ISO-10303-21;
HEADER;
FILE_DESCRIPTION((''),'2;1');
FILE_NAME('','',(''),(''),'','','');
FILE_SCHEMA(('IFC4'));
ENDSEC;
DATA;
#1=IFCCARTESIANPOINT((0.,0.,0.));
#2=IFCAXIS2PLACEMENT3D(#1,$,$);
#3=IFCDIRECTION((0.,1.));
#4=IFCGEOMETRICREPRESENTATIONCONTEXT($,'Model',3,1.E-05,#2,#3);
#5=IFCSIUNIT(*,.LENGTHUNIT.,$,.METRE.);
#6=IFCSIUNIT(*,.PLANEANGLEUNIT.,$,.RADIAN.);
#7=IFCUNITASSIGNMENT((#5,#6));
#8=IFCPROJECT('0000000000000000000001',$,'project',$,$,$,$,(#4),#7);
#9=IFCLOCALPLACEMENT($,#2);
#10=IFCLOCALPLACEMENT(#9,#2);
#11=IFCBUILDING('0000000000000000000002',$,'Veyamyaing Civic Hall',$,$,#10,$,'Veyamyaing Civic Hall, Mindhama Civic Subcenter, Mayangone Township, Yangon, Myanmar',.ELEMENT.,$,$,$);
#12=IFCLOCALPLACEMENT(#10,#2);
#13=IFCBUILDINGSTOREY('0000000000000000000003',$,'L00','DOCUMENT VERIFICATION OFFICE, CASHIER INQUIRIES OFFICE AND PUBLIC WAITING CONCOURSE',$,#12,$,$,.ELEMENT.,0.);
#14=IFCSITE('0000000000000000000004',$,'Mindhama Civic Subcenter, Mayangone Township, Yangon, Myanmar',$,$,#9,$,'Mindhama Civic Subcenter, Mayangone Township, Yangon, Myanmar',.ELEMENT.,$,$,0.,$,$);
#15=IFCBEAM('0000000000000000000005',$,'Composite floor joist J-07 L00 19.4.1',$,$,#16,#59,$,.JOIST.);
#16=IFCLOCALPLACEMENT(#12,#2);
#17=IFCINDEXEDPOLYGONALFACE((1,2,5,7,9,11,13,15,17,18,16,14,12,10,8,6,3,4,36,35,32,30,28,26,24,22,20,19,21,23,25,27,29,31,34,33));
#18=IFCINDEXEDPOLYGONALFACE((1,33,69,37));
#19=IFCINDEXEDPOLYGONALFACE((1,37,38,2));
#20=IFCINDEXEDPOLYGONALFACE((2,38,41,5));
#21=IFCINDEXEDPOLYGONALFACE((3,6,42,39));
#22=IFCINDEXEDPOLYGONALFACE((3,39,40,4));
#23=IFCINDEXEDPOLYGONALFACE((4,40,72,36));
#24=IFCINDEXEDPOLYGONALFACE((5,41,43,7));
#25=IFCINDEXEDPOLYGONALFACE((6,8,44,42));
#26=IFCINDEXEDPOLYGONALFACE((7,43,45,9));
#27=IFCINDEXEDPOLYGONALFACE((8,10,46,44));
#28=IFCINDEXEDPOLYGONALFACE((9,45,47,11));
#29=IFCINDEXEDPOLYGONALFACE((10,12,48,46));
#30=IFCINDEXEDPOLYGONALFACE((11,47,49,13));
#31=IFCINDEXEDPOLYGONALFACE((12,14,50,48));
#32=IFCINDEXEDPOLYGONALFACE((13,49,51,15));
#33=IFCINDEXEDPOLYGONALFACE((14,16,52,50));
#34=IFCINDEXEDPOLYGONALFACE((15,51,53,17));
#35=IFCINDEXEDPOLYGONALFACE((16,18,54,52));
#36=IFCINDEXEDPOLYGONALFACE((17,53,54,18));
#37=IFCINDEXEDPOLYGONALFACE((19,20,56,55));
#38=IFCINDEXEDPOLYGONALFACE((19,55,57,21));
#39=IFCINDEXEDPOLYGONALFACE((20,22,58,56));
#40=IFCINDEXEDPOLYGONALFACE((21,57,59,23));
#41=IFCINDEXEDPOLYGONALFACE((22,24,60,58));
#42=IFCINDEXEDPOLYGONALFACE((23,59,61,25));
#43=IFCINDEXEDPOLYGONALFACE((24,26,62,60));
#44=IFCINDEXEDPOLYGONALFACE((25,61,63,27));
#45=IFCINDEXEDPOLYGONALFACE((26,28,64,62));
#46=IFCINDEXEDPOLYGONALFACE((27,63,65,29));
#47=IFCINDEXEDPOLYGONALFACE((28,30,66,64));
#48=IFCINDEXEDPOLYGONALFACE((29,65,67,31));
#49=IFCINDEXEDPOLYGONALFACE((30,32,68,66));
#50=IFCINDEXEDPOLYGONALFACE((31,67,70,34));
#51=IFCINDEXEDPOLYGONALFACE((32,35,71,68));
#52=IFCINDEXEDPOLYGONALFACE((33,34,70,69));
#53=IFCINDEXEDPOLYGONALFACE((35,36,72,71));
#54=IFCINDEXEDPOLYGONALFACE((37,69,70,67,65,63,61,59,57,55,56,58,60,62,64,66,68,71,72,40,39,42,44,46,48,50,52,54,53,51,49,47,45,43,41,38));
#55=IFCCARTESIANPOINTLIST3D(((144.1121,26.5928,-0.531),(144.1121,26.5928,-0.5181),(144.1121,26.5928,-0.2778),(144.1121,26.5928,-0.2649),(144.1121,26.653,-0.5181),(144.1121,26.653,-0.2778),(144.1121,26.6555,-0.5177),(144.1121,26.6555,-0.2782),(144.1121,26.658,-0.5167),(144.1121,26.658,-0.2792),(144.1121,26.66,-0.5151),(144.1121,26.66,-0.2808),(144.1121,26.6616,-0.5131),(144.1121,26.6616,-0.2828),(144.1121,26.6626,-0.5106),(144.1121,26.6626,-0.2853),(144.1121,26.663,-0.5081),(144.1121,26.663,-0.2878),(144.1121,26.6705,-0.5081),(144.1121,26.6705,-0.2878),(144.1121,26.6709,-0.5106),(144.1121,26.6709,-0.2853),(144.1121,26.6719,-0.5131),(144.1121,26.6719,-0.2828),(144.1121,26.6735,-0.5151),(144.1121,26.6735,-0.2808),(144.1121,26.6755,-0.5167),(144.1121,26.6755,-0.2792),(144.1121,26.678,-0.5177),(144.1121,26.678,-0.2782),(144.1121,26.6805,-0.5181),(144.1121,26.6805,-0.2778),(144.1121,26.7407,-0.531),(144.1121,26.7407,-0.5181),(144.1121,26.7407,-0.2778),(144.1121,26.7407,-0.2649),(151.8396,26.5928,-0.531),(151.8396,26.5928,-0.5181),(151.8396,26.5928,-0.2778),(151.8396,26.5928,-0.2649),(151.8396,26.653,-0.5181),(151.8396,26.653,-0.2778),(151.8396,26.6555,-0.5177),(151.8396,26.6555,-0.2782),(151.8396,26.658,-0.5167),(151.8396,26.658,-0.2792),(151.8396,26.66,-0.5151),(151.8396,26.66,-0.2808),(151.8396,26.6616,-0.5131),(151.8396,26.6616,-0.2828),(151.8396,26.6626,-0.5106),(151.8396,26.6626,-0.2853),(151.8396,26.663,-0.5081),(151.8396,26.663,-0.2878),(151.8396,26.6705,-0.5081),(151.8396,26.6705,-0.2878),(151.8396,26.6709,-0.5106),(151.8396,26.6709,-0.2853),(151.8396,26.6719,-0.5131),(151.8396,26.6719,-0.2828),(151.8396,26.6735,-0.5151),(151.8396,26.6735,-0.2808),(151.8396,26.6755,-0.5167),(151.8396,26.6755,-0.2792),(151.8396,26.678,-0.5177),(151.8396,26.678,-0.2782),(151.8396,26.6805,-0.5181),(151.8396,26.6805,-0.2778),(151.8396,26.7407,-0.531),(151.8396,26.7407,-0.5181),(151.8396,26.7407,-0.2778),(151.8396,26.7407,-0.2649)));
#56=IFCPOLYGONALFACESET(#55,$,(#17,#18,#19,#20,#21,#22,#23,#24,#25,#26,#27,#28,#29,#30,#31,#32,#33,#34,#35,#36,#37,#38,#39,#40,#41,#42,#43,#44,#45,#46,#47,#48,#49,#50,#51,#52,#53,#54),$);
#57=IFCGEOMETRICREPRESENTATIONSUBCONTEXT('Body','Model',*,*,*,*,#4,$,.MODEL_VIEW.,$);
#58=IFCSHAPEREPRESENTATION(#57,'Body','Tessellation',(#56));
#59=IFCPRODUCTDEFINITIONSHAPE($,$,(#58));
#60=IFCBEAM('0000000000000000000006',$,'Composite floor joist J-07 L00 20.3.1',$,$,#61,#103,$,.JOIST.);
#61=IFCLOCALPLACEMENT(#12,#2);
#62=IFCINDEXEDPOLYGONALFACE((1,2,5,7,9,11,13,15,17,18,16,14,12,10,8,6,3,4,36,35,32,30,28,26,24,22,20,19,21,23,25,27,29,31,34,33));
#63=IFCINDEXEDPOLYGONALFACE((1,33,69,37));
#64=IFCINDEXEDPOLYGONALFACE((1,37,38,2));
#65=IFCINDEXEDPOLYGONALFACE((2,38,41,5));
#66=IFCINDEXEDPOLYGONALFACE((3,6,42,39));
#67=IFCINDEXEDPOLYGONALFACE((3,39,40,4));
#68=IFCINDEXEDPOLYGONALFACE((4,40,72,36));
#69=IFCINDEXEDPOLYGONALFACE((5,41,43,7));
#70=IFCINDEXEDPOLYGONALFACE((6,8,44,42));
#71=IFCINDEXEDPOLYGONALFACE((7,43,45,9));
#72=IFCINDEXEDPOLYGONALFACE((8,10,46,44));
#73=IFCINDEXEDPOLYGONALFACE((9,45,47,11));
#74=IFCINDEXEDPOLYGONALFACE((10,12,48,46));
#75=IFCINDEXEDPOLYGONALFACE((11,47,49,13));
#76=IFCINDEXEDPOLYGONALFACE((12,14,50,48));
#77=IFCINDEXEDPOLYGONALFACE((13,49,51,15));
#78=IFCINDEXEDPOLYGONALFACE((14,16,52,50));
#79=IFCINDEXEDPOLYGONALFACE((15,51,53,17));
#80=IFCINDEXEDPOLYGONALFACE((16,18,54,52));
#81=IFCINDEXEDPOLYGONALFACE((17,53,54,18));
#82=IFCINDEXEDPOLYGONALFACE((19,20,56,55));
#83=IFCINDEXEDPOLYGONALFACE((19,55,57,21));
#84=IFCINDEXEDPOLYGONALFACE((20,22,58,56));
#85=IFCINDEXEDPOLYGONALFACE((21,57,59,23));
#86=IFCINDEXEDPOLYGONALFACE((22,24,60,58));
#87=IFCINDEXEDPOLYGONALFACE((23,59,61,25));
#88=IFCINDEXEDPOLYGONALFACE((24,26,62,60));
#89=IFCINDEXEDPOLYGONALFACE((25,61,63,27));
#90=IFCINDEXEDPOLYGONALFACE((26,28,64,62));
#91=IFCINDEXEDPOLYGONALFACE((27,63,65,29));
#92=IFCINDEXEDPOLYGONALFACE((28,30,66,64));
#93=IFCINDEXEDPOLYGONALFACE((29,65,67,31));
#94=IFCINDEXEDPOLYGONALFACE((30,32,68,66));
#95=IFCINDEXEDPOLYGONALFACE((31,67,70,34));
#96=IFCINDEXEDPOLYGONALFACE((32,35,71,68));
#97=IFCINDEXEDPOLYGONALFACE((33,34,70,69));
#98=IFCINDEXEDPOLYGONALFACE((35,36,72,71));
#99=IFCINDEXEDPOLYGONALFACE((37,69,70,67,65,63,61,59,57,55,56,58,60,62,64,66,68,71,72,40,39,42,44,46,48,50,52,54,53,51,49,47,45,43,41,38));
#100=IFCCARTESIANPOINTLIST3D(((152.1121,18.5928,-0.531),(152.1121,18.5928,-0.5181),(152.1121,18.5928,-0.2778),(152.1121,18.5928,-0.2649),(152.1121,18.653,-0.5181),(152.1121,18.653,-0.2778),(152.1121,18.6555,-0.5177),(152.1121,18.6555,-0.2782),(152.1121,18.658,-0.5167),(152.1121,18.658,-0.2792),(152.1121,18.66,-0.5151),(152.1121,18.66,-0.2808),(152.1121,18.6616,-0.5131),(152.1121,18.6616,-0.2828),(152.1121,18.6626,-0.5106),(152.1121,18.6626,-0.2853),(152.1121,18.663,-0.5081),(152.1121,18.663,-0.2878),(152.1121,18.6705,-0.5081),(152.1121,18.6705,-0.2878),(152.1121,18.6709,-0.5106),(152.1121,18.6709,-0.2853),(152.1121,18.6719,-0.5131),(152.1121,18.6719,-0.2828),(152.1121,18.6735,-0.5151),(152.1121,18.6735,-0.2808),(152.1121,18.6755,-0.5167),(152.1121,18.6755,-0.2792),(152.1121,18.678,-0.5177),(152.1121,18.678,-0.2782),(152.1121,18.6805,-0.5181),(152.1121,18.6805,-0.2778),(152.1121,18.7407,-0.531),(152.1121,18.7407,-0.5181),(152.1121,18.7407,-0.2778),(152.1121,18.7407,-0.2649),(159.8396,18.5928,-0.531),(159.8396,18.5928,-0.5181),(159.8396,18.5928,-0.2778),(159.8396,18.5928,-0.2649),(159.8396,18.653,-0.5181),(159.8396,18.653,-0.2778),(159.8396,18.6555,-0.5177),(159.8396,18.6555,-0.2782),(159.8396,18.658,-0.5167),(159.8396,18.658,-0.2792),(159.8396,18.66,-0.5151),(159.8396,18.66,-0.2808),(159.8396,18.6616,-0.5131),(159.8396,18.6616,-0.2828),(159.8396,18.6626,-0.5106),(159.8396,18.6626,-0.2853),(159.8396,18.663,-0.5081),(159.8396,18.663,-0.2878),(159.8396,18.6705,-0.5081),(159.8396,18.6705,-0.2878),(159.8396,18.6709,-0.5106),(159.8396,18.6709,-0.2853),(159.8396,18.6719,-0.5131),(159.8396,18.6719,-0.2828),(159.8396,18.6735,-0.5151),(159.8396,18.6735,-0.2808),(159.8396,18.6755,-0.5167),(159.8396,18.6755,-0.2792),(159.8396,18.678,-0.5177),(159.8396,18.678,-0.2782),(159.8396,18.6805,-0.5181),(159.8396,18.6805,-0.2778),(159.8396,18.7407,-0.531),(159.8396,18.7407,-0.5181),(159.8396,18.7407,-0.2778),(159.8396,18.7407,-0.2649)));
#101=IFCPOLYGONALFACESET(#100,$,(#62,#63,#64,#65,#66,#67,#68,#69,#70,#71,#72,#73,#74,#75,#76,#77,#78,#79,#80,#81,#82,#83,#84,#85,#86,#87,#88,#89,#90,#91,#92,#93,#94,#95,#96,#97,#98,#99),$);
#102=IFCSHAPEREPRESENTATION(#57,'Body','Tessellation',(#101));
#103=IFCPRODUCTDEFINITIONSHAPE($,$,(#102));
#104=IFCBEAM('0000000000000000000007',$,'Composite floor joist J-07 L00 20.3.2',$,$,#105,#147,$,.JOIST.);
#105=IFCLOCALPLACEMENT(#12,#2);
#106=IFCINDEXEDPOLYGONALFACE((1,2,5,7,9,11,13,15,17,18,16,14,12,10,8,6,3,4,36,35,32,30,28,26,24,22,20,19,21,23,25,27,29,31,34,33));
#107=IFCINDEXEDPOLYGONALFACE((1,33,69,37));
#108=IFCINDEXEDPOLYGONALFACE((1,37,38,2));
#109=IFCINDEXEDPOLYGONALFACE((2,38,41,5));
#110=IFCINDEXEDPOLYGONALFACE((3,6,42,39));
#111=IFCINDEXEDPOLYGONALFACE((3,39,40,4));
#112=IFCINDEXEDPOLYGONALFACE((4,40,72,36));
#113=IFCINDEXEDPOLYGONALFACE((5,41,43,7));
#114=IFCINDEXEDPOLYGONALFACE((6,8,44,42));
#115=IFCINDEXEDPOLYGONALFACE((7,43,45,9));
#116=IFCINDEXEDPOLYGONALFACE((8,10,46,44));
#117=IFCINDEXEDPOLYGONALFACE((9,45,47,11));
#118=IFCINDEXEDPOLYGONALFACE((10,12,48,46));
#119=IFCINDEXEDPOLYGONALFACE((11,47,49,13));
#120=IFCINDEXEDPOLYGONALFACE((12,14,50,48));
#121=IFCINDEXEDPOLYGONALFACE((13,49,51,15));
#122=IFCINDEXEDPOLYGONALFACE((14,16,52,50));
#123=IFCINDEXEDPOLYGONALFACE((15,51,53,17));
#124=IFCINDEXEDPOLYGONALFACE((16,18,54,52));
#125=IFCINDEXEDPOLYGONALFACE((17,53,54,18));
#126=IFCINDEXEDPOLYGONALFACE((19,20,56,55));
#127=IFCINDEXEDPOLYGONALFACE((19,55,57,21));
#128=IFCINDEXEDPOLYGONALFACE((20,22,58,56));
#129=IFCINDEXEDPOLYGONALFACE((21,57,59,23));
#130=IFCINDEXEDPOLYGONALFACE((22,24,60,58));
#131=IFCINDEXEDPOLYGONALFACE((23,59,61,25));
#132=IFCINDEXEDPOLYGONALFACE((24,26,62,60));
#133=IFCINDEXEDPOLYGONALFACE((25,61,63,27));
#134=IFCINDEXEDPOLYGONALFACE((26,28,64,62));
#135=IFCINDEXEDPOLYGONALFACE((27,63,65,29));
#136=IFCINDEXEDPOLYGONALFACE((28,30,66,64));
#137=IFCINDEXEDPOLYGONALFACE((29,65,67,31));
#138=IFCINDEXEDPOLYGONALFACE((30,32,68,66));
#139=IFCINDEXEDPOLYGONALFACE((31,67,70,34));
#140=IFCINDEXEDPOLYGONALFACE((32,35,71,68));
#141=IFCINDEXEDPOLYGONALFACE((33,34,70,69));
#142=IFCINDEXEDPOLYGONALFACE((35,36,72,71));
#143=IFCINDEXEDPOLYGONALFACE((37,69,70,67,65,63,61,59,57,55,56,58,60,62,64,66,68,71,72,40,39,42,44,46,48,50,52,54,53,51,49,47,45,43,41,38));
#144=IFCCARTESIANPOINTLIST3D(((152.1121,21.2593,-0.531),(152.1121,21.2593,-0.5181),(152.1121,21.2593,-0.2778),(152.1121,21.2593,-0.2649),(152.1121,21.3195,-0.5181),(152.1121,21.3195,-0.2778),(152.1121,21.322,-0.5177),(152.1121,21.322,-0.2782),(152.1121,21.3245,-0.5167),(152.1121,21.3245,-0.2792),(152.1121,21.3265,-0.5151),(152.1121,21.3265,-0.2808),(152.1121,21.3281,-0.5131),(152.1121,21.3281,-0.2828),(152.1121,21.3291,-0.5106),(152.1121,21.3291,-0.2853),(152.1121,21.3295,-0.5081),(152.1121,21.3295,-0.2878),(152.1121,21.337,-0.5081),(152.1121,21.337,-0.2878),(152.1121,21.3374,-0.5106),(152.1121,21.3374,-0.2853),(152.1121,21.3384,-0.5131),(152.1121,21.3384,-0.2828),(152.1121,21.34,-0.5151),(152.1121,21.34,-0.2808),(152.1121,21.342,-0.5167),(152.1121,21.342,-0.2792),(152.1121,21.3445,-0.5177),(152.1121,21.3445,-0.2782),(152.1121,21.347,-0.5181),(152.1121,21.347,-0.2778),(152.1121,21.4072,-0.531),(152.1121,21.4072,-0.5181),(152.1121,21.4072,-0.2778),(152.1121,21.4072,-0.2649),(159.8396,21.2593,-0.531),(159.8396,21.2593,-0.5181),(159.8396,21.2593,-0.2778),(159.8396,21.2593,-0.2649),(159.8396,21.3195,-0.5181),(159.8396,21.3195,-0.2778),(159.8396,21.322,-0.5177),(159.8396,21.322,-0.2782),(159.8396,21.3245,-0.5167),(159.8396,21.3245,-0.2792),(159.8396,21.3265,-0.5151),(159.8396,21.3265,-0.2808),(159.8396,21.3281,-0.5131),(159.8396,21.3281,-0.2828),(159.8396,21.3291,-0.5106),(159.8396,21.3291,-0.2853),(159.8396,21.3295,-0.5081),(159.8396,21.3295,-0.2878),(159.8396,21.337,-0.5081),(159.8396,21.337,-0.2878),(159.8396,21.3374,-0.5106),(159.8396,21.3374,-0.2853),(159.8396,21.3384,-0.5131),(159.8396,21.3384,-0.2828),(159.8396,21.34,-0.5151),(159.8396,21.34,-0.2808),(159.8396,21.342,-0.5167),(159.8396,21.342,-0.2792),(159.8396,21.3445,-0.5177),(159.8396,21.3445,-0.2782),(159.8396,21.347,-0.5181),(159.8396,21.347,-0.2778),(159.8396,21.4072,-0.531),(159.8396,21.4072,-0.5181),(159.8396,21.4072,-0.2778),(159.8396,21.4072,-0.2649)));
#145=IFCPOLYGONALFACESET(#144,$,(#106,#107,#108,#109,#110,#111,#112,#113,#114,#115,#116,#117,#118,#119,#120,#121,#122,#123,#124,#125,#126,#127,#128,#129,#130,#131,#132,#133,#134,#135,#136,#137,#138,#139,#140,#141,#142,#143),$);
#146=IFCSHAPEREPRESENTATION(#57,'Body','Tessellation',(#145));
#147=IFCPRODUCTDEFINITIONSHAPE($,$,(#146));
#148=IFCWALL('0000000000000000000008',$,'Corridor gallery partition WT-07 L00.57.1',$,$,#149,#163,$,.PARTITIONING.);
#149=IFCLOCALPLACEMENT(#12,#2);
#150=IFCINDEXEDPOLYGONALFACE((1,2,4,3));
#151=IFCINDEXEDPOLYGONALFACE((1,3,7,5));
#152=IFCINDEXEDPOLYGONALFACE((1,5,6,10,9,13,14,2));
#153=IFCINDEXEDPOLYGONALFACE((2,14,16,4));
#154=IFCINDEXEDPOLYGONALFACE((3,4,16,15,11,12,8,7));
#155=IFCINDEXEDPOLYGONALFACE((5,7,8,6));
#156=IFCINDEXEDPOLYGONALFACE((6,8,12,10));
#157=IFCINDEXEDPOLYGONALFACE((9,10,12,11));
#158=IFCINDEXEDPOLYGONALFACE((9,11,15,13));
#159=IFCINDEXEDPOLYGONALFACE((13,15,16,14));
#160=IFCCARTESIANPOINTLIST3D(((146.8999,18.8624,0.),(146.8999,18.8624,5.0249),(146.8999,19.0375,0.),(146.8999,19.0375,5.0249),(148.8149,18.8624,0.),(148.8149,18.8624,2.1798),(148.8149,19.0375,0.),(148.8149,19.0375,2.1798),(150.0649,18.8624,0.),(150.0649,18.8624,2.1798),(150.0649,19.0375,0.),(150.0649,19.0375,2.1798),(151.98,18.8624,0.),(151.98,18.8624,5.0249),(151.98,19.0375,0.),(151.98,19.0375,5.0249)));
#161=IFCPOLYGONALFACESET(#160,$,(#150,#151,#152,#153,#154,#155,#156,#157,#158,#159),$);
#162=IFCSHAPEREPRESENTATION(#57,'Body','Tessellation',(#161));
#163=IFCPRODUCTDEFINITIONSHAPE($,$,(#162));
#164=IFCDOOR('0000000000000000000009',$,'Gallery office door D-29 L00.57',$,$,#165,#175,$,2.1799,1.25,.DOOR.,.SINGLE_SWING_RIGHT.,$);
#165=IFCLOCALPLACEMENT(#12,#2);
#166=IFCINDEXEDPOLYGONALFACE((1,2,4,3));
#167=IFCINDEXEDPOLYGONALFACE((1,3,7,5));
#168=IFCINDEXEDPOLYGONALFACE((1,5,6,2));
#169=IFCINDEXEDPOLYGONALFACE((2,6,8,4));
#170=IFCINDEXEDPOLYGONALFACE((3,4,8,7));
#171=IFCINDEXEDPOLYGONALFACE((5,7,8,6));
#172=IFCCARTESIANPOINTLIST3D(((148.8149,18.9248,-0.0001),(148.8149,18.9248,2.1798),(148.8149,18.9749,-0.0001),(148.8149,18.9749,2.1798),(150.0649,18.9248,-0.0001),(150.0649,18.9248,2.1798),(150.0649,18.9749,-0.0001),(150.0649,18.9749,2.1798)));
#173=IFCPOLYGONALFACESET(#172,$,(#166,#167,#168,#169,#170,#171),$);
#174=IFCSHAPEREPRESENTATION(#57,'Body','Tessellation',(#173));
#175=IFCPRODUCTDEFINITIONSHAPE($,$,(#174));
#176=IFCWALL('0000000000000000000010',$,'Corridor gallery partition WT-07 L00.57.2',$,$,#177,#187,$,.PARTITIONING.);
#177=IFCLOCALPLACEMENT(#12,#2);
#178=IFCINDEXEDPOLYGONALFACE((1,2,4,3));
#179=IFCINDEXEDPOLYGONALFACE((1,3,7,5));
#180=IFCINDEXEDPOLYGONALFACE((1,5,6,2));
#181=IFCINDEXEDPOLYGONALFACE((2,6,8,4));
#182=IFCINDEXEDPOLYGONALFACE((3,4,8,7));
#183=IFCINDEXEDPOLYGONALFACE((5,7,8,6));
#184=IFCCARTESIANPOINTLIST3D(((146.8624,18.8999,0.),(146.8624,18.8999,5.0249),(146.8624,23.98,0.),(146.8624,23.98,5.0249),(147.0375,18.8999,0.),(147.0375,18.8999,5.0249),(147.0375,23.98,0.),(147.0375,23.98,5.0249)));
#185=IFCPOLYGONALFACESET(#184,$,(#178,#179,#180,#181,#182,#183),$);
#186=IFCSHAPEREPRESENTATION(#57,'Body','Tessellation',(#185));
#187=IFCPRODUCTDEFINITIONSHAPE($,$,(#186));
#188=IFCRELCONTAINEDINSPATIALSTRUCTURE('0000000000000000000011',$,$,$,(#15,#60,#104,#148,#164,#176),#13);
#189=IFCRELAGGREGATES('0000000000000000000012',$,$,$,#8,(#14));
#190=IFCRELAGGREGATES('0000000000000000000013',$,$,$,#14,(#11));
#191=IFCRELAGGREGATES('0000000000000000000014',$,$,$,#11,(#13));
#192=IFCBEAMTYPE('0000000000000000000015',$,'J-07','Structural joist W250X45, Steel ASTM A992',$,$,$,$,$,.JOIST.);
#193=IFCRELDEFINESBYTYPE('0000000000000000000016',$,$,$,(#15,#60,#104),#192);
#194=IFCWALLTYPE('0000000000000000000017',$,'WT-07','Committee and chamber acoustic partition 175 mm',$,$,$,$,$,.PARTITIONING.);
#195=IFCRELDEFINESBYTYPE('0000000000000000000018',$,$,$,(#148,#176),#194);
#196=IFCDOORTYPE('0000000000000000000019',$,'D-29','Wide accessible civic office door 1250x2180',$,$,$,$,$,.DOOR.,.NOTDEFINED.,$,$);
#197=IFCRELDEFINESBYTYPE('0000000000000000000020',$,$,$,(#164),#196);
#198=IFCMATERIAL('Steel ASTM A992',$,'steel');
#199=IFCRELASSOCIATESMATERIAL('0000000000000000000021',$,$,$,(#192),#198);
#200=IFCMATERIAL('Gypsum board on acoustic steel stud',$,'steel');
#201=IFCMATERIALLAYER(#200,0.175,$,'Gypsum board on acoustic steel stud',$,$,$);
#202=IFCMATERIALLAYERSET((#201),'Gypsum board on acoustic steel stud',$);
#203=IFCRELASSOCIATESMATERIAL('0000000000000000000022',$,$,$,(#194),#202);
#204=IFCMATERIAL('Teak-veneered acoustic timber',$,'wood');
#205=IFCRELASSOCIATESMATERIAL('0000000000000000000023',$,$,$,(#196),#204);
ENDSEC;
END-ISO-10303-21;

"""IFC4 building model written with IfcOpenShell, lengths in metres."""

from ifc_helpers import new_model, si_unit, direction, frame, frame_2d, origin, origin_2d, place, context, subcontext, project, spatial, rectangle, i_section, extrude, material, layer, layer_set, material_profile, profile_set, type_object, element, fill, save


model = new_model("IFC4")

# Units and contexts
model_context = context("Model", 3, precision=1e-05, world=origin(), true_north=direction((0.0, 1.0)))
body_context = subcontext(model_context, "Body", "Model", "MODEL_VIEW")
ifc_project = project(units=[si_unit("LENGTHUNIT", "METRE"), si_unit("PLANEANGLEUNIT", "RADIAN")], contexts=[model_context])

# Site, building, storey
site_placement = place(None, origin())
site = spatial("IfcSite", under=ifc_project, at=site_placement, Name="Mindhama Civic Subcenter, Mayangone Township, Yangon, Myanmar", LongName="Mindhama Civic Subcenter, Mayangone Township, Yangon, Myanmar", CompositionType="ELEMENT", RefElevation=0.0)
building_placement = place(site_placement, origin())
building = spatial("IfcBuilding", under=site, at=building_placement, Name="Veyamyaing Civic Hall", LongName="Veyamyaing Civic Hall, Mindhama Civic Subcenter, Mayangone Township, Yangon, Myanmar", CompositionType="ELEMENT")
storey_placement = place(building_placement, origin())
storey = spatial("IfcBuildingStorey", under=building, at=storey_placement, Name="L00", Description="DOCUMENT VERIFICATION OFFICE, CASHIER INQUIRIES OFFICE AND PUBLIC WAITING CONCOURSE", CompositionType="ELEMENT", Elevation=0.0)

# Beams
ifc_material_1 = material(Name="Steel ASTM A992", Category="steel")
ifc_material_profile_1 = material_profile(ifc_material_1, i_section(OverallWidth=0.1479, OverallDepth=0.2661, WebThickness=0.0076, FlangeThickness=0.0129, FilletRadius=0.01, at=origin_2d()), Name="W250X45")
ifc_profile_set_1 = profile_set([ifc_material_profile_1], Name="Steel ASTM A992")
beam_type_1 = type_object("IfcBeamType", Name="J-07", Description="Structural joist W250X45, Steel ASTM A992", PredefinedType="JOIST", material=ifc_profile_set_1)
for number, where, z_axis, x_axis, name in (
    (1, (144.1121, 26.6667, -0.3979), (1.0, 0.0, 0.0), (0.0, 1.0, 0.0), "Composite floor joist J-07 L00 19.4.1"),
    (2, (152.1121, 18.6667, -0.3979), (1.0, 0.0, 0.0), (0.0, 1.0, 0.0), "Composite floor joist J-07 L00 20.3.1"),
    (3, (152.1121, 21.3333, -0.3979), (1.0, 0.0, 0.0), (0.0, 1.0, 0.0), "Composite floor joist J-07 L00 20.3.2"),
):
    element("IfcBeam", number, at=place(storey_placement, frame(where, z_axis=z_axis, x_axis=x_axis)), inside=storey, type_object=beam_type_1, Name=name, PredefinedType="JOIST", context=body_context, shape_type="SweptSolid", body=[
        extrude(i_section(OverallWidth=0.1479, OverallDepth=0.2661, WebThickness=0.0076, FlangeThickness=0.0129, FilletRadius=0.01, at=origin_2d()), origin(), (0.0, 0.0, 1.0), 7.7275),
    ])

# Wall, opening, door
ifc_material_2 = material(Name="Gypsum board on acoustic steel stud", Category="steel")
ifc_layer_1 = layer(ifc_material_2, 0.175, Name="Gypsum board on acoustic steel stud")
ifc_layer_set_1 = layer_set([ifc_layer_1], Name="Gypsum board on acoustic steel stud")
wall_type_1 = type_object("IfcWallType", Name="WT-07", Description="Committee and chamber acoustic partition 175 mm", PredefinedType="PARTITIONING", material=ifc_layer_set_1)
wall_1_placement = place(storey_placement, frame((146.8999, 18.95, 0.0), z_axis=(0.0, 0.0, 1.0), x_axis=(1.0, 0.0, 0.0)))
wall_1 = element("IfcWall", 4, at=wall_1_placement, inside=storey, type_object=wall_type_1, Name="Corridor gallery partition WT-07 L00.57.1", PredefinedType="PARTITIONING", context=body_context, shape_type="SweptSolid", body=[
    extrude(rectangle(XDim=5.0801, YDim=0.175, at=frame_2d((2.54, 0.0))), origin(), (0.0, 0.0, 1.0), 5.0249),
])
opening_1_placement = place(wall_1_placement, frame((1.915, 0.0, 0.0)))
opening_1 = element("IfcOpeningElement", 5, at=opening_1_placement, cuts=wall_1, PredefinedType="OPENING", context=body_context, shape_type="SweptSolid", body=[
    extrude(rectangle(XDim=1.25, YDim=2.1799, at=frame_2d((0.625, 1.0898))), frame((0.0, 0.0974, 0.0), z_axis=(0.0, -1.0, 0.0), x_axis=(1.0, 0.0, 0.0)), (0.0, 0.0, 1.0), 0.1951),
])
ifc_material_3 = material(Name="Teak-veneered acoustic timber", Category="wood")
door_type_1 = type_object("IfcDoorType", Name="D-29", Description="Wide accessible civic office door 1250x2180", OperationType="NOTDEFINED", PredefinedType="DOOR", material=ifc_material_3)
door_1_placement = place(opening_1_placement, origin())
door_1 = element("IfcDoor", 6, at=door_1_placement, inside=storey, type_object=door_type_1, Name="Gallery office door D-29 L00.57", OperationType="SINGLE_SWING_RIGHT", OverallHeight=2.1799, OverallWidth=1.25, PredefinedType="DOOR", context=body_context, shape_type="SweptSolid", body=[
    extrude(rectangle(XDim=1.25, YDim=2.1799, at=frame_2d((0.625, 1.0898))), frame((0.0, 0.0249, 0.0), z_axis=(0.0, -1.0, 0.0), x_axis=(1.0, 0.0, 0.0)), (0.0, 0.0, 1.0), 0.05),
])
fill(opening_1, door_1)

# Wall
wall_2_placement = place(storey_placement, frame((146.95, 18.8999, 0.0), z_axis=(0.0, 0.0, 1.0), x_axis=(0.0, 1.0, 0.0)))
element("IfcWall", 7, at=wall_2_placement, inside=storey, type_object=wall_type_1, Name="Corridor gallery partition WT-07 L00.57.2", PredefinedType="PARTITIONING", context=body_context, shape_type="SweptSolid", body=[
    extrude(rectangle(XDim=5.0801, YDim=0.175, at=frame_2d((2.54, 0.0))), origin(), (0.0, 0.0, 1.0), 5.0249),
])

save(model, "model.ifc")
